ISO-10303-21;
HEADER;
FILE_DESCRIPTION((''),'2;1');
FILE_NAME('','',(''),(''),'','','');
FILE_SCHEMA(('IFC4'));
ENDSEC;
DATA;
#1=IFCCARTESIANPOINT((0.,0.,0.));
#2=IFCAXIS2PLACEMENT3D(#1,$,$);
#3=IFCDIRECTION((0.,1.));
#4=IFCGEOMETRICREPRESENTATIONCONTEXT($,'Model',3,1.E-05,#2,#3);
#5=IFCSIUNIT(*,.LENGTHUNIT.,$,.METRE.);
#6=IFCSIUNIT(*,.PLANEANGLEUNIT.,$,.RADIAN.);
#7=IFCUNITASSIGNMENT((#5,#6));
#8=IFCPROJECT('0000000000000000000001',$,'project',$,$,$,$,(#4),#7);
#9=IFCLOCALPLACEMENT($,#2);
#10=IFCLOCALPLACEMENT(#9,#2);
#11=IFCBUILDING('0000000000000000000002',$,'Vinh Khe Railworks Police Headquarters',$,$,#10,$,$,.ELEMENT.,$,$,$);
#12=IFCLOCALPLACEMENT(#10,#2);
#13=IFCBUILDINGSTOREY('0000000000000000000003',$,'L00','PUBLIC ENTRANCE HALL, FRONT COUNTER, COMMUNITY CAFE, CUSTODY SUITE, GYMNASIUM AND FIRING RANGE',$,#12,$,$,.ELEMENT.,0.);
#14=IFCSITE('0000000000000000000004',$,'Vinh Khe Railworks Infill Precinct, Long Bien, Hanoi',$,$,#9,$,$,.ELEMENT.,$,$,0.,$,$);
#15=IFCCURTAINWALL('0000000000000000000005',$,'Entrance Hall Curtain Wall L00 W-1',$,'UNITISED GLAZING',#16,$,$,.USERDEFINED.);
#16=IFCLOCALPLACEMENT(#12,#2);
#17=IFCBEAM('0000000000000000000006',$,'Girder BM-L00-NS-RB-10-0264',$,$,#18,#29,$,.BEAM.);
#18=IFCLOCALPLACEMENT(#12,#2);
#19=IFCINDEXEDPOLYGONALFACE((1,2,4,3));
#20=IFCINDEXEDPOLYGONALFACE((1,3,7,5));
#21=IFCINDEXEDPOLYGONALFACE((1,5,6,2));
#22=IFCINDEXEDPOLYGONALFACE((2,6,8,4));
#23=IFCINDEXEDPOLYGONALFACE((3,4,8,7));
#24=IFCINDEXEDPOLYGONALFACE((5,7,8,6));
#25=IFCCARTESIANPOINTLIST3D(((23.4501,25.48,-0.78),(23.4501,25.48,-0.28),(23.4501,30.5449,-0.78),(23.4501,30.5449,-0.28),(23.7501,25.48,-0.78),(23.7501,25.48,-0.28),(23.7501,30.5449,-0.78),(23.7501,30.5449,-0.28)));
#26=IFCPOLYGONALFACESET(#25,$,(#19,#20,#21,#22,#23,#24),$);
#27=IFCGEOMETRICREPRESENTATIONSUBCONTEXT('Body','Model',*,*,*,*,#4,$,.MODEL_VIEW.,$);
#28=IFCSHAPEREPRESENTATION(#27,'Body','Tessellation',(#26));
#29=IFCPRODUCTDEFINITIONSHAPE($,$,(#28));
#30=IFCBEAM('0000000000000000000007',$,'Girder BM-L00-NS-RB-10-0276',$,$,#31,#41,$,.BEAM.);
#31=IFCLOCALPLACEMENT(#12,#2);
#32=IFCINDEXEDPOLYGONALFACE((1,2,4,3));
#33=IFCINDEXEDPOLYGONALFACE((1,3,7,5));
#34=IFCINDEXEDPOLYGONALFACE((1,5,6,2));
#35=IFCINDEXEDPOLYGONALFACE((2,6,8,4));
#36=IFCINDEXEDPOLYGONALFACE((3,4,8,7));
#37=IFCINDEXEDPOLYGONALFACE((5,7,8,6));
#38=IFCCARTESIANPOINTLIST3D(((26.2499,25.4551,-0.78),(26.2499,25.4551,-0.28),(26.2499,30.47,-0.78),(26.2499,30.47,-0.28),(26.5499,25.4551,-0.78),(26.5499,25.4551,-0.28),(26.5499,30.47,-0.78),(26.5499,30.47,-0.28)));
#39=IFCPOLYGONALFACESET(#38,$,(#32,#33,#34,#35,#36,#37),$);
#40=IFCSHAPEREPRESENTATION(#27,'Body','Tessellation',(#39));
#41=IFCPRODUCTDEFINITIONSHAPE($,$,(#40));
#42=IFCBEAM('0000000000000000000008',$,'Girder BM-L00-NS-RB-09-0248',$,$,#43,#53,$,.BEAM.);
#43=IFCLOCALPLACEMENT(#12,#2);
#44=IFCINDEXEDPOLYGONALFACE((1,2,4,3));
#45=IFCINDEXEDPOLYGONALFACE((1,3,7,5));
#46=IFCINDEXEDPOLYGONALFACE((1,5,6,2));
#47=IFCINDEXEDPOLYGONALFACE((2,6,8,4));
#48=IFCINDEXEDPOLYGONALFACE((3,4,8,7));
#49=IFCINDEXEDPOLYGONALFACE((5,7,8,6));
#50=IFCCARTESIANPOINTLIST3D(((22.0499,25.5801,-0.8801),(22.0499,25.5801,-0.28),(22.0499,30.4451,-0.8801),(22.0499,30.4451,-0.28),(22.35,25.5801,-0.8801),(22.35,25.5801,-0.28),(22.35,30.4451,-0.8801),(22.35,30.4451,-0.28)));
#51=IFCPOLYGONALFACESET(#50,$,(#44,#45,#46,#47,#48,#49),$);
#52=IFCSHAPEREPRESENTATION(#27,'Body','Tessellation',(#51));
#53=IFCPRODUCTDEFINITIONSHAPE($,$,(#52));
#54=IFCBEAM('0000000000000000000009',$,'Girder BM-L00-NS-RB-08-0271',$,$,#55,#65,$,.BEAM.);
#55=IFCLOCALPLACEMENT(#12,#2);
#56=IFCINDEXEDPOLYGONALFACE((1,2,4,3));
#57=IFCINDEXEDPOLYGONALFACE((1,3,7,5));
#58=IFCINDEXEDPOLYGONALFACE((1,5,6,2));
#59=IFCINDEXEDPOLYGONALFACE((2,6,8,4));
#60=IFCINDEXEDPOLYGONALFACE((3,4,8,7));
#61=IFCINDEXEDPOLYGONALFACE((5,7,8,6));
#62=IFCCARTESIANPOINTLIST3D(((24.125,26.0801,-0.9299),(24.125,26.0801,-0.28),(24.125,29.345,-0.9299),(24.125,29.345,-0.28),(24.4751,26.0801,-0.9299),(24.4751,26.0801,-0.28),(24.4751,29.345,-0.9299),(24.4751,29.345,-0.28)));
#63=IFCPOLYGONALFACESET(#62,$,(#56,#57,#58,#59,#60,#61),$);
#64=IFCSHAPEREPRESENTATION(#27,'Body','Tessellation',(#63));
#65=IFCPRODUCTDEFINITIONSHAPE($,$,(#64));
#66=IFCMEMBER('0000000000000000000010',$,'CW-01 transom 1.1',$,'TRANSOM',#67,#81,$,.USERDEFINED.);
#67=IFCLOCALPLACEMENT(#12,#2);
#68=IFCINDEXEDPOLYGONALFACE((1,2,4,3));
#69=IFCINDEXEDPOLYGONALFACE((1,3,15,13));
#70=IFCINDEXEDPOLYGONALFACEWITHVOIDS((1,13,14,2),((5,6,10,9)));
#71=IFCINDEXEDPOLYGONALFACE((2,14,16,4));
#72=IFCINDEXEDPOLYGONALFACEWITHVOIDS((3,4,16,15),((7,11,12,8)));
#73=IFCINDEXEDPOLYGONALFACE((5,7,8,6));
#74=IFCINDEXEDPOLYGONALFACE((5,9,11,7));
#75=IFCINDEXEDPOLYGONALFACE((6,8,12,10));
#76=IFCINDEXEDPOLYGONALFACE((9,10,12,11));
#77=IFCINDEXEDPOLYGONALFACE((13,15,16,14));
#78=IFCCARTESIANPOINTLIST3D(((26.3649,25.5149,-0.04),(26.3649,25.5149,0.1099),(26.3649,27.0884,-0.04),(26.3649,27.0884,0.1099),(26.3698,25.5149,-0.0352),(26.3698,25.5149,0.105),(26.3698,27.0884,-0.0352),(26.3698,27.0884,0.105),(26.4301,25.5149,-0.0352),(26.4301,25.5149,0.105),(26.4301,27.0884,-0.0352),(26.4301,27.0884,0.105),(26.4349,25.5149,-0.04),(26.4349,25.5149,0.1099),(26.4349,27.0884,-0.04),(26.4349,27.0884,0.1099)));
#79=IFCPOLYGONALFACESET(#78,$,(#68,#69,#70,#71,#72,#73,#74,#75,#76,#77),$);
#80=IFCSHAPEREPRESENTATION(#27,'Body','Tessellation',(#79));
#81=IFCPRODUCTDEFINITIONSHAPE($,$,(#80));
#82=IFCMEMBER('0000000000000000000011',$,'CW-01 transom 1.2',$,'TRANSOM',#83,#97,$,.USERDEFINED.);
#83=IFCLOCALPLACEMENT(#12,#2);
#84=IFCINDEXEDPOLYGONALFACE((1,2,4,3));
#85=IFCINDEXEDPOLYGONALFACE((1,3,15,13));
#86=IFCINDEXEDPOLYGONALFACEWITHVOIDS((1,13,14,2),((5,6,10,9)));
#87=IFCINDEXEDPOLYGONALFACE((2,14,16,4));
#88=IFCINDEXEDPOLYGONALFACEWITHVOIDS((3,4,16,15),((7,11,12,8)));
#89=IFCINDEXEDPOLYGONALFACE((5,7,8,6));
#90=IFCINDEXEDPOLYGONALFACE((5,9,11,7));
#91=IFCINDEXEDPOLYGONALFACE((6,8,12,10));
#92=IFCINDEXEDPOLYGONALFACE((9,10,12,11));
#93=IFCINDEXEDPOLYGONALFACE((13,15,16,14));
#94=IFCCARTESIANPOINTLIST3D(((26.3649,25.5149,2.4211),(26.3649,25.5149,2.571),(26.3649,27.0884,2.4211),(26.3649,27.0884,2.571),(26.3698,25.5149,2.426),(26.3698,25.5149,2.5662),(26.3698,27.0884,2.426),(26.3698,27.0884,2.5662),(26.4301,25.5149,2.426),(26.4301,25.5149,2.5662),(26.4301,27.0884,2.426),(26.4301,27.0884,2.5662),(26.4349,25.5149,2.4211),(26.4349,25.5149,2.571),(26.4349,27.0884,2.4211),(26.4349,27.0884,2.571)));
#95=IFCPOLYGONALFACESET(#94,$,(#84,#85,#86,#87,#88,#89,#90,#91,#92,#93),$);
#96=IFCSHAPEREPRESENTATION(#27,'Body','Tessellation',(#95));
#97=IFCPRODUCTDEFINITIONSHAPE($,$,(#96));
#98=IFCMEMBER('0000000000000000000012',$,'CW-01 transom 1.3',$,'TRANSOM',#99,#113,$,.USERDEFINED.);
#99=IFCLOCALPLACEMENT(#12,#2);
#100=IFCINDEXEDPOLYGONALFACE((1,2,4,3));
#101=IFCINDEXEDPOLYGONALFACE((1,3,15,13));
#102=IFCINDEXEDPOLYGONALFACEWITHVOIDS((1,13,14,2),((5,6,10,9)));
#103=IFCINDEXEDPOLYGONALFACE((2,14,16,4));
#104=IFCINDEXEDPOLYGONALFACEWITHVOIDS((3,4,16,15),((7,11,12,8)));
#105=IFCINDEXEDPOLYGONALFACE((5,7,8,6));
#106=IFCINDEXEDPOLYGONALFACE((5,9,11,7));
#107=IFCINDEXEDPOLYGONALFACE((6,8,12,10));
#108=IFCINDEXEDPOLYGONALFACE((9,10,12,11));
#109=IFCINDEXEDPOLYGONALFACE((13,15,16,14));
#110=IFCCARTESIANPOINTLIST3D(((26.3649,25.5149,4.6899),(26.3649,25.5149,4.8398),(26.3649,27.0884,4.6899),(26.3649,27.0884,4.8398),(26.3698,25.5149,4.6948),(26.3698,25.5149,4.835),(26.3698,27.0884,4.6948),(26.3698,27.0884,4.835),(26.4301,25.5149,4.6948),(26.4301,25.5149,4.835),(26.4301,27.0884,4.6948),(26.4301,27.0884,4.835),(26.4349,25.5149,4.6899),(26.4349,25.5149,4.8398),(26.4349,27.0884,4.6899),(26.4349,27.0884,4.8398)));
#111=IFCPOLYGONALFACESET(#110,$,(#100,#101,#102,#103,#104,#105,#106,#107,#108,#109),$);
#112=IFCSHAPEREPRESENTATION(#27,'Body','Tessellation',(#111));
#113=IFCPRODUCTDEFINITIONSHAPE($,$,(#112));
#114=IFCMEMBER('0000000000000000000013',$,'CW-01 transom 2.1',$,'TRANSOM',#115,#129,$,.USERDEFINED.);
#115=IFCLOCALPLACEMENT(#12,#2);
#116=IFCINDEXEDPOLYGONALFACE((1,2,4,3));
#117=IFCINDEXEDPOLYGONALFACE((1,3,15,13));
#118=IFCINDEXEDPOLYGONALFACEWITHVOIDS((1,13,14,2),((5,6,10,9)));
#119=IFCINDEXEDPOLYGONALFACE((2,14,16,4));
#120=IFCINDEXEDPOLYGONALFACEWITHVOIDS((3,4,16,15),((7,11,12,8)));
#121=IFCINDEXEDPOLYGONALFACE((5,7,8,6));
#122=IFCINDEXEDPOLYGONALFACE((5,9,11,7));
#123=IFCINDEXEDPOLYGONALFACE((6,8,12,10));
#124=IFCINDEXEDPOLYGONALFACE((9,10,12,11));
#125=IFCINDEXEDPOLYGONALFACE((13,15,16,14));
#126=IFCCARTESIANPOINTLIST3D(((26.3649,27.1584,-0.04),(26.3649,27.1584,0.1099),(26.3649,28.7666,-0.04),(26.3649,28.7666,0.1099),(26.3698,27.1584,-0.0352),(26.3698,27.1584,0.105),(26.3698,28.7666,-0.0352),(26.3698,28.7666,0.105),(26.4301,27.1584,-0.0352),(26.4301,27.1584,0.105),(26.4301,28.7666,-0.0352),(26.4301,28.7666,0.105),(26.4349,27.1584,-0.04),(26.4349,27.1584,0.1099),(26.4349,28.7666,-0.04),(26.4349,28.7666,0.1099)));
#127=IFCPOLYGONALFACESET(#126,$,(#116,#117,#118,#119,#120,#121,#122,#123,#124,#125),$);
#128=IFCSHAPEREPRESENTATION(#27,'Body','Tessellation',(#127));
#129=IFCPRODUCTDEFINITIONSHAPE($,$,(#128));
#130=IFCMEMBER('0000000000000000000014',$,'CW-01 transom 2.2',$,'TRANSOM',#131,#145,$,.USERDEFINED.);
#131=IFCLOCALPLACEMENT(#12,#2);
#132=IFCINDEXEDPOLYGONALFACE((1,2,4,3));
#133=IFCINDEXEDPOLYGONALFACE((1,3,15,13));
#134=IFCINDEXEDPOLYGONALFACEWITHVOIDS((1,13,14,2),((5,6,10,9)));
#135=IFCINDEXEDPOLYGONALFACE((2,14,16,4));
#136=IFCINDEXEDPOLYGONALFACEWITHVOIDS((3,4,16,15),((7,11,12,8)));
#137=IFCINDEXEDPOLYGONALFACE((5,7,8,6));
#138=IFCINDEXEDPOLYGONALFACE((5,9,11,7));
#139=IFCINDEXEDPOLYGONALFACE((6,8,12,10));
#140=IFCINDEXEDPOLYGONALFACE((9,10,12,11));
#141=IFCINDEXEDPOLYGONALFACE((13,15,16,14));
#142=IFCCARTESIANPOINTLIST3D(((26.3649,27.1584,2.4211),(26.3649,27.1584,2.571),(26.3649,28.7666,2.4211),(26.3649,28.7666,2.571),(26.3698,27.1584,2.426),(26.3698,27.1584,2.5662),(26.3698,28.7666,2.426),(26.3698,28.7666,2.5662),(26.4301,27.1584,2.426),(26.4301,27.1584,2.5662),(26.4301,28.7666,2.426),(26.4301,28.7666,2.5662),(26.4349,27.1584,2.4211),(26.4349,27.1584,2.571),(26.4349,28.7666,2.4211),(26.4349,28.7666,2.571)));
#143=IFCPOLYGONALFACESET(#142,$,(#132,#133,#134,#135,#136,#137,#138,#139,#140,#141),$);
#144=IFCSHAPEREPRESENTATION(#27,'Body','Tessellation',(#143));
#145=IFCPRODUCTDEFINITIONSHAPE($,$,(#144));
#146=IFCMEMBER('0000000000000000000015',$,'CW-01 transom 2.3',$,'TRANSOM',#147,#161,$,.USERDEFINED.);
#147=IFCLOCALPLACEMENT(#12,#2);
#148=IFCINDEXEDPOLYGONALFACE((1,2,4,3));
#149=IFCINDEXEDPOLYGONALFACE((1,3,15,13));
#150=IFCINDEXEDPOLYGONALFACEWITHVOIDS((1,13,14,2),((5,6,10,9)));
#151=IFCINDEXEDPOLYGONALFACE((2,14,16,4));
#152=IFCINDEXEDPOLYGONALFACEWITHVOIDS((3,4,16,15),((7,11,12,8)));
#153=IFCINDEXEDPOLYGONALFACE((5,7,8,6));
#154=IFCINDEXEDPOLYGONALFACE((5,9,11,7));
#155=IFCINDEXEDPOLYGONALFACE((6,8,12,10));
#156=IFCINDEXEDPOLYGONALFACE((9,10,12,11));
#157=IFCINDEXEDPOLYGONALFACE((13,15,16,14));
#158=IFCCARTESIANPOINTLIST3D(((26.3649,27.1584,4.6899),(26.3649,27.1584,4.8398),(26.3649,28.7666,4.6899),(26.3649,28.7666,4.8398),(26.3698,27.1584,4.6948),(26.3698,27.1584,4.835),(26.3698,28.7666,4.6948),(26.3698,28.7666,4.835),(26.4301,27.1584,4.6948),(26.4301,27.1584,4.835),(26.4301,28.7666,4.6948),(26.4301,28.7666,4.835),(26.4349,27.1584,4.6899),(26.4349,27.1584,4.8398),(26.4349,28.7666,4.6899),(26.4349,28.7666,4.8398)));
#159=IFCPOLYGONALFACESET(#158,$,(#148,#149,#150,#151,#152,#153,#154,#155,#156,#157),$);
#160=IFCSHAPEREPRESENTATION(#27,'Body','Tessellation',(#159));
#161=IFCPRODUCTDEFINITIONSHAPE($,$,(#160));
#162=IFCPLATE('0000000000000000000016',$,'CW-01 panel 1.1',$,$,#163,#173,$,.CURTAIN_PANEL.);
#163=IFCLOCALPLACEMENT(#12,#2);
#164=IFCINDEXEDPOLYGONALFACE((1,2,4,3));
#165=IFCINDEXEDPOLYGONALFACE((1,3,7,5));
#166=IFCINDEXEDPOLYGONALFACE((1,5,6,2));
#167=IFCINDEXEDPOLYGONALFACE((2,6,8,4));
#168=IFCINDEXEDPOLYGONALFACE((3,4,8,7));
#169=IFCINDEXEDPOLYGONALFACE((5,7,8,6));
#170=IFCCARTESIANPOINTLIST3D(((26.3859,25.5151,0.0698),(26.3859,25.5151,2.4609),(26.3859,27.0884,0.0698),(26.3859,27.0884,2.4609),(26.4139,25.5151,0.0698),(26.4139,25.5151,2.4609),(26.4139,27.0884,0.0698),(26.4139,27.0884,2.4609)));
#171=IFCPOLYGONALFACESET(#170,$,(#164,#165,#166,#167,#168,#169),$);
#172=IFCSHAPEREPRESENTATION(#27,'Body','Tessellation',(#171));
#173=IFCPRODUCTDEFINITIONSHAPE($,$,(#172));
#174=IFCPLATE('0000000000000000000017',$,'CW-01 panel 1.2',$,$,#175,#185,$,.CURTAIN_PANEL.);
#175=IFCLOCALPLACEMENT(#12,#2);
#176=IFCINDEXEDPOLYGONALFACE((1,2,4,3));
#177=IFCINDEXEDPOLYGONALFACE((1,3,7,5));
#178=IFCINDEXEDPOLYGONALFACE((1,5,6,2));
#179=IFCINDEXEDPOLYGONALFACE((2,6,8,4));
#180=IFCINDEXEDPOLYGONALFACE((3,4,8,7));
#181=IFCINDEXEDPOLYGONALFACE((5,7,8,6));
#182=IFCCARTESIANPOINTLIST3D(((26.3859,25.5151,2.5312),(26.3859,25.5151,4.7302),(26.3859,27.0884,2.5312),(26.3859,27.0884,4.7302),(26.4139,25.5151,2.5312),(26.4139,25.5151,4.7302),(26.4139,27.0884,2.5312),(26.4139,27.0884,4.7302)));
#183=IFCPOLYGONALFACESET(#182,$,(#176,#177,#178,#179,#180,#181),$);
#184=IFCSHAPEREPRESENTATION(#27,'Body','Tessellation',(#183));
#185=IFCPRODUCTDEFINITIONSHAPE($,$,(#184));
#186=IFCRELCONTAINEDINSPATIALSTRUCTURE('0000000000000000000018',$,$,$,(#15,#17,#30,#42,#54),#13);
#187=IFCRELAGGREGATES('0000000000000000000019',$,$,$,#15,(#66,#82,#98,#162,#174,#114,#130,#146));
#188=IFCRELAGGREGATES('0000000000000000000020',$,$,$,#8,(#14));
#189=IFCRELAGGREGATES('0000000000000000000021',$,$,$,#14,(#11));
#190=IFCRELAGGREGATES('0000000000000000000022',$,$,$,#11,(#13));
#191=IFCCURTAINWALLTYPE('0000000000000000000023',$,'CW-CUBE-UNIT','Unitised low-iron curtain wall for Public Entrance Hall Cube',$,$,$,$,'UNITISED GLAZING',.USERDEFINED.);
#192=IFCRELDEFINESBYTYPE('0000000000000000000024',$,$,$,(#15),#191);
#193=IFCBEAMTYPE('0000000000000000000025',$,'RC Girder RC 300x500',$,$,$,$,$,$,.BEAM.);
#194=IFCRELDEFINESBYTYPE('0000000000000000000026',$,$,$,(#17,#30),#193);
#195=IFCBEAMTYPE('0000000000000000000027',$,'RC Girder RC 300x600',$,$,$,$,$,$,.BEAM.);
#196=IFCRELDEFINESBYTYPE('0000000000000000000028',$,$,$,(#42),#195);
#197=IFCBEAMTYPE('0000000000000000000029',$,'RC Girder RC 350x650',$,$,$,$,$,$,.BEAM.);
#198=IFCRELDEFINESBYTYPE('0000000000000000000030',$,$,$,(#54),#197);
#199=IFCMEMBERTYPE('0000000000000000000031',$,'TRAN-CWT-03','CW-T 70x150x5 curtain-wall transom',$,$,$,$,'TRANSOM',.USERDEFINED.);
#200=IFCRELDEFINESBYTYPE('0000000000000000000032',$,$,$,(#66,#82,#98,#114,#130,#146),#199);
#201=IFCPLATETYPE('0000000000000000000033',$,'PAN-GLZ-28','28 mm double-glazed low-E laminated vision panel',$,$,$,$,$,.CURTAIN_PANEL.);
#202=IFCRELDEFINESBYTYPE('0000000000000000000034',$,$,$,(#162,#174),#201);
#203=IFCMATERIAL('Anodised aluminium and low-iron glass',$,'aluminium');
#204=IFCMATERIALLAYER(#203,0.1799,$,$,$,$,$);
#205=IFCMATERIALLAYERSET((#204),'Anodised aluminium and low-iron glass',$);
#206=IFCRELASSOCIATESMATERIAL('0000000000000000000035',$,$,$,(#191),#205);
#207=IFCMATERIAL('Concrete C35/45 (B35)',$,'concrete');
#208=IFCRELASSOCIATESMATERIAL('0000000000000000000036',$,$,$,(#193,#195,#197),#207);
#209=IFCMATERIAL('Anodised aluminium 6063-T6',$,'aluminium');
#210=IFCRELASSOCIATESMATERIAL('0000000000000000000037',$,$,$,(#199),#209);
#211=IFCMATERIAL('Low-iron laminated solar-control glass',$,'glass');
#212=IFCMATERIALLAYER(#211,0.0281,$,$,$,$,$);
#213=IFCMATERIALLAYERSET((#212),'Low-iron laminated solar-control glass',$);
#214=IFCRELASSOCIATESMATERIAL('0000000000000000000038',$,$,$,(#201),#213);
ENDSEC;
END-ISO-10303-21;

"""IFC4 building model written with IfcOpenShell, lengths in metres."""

from ifc_helpers import new_model, si_unit, direction, frame, origin, origin_2d, place, context, subcontext, project, spatial, rectangle, hollow_rectangle, extrude, material, layer, layer_set, material_profile, profile_set, type_object, element, aggregate, save


model = new_model("IFC4")

# Units and contexts
model_context = context("Model", 3, precision=1e-05, world=origin(), true_north=direction((0.0, 1.0)))
body_context = subcontext(model_context, "Body", "Model", "MODEL_VIEW")
ifc_project = project(units=[si_unit("LENGTHUNIT", "METRE"), si_unit("PLANEANGLEUNIT", "RADIAN")], contexts=[model_context])

# Site, building, storey
site_placement = place(None, origin())
site = spatial("IfcSite", under=ifc_project, at=site_placement, Name="Vinh Khe Railworks Infill Precinct, Long Bien, Hanoi", CompositionType="ELEMENT", RefElevation=0.0)
building_placement = place(site_placement, origin())
building = spatial("IfcBuilding", under=site, at=building_placement, Name="Vinh Khe Railworks Police Headquarters", CompositionType="ELEMENT")
storey_placement = place(building_placement, origin())
storey = spatial("IfcBuildingStorey", under=building, at=storey_placement, Name="L00", Description="PUBLIC ENTRANCE HALL, FRONT COUNTER, COMMUNITY CAFE, CUSTODY SUITE, GYMNASIUM AND FIRING RANGE", CompositionType="ELEMENT", Elevation=0.0)

# Curtain wall
ifc_material_1 = material(Name="Anodised aluminium and low-iron glass", Category="aluminium")
ifc_layer_1 = layer(ifc_material_1, 0.1799)
ifc_layer_set_1 = layer_set([ifc_layer_1], Name="Anodised aluminium and low-iron glass")
curtain_wall_type = type_object("IfcCurtainWallType", Name="CW-CUBE-UNIT", Description="Unitised low-iron curtain wall for Public Entrance Hall Cube", ElementType="UNITISED GLAZING", PredefinedType="USERDEFINED", material=ifc_layer_set_1)
curtain_wall_placement = place(storey_placement, origin())
curtain_wall = element("IfcCurtainWall", 1, at=curtain_wall_placement, inside=storey, type_object=curtain_wall_type, Name="Entrance Hall Curtain Wall L00 W-1", ObjectType="UNITISED GLAZING", PredefinedType="USERDEFINED")
ifc_material_2 = material(Name="Anodised aluminium 6063-T6", Category="aluminium")

# Beams
ifc_material_3 = material(Name="Concrete C35/45 (B35)", Category="concrete")
ifc_material_profile_1 = material_profile(ifc_material_3, rectangle(XDim=0.3, YDim=0.5, at=origin_2d()), Name="RC 300x500")
ifc_profile_set_1 = profile_set([ifc_material_profile_1], Name="Concrete C35/45 (B35)")
beam_type_1 = type_object("IfcBeamType", Name="RC Girder RC 300x500", PredefinedType="BEAM", material=ifc_profile_set_1)
beam_1_placement = place(storey_placement, frame((23.6001, 25.48, -0.53), z_axis=(0.0, 1.0, 0.0), x_axis=(-1.0, 0.0, 0.0)))
element("IfcBeam", 2, at=beam_1_placement, inside=storey, type_object=beam_type_1, Name="Girder BM-L00-NS-RB-10-0264", PredefinedType="BEAM", context=body_context, shape_type="SweptSolid", body=[
    extrude(rectangle(XDim=0.3, YDim=0.5, at=origin_2d()), origin(), (0.0, 0.0, 1.0), 5.0649),
])
beam_2_placement = place(storey_placement, frame((26.3999, 25.4551, -0.53), z_axis=(0.0, 1.0, 0.0), x_axis=(-1.0, 0.0, 0.0)))
element("IfcBeam", 3, at=beam_2_placement, inside=storey, type_object=beam_type_1, Name="Girder BM-L00-NS-RB-10-0276", PredefinedType="BEAM", context=body_context, shape_type="SweptSolid", body=[
    extrude(rectangle(XDim=0.3, YDim=0.5, at=origin_2d()), origin(), (0.0, 0.0, 1.0), 5.0149),
])
ifc_material_profile_2 = material_profile(ifc_material_3, rectangle(XDim=0.3, YDim=0.6001, at=origin_2d()), Name="RC 300x600")
ifc_profile_set_2 = profile_set([ifc_material_profile_2], Name="Concrete C35/45 (B35)")
beam_type_2 = type_object("IfcBeamType", Name="RC Girder RC 300x600", PredefinedType="BEAM", material=ifc_profile_set_2)
beam_3_placement = place(storey_placement, frame((22.2, 25.5801, -0.5801), z_axis=(0.0, 1.0, 0.0), x_axis=(-1.0, 0.0, 0.0)))
element("IfcBeam", 4, at=beam_3_placement, inside=storey, type_object=beam_type_2, Name="Girder BM-L00-NS-RB-09-0248", PredefinedType="BEAM", context=body_context, shape_type="SweptSolid", body=[
    extrude(rectangle(XDim=0.3, YDim=0.6001, at=origin_2d()), origin(), (0.0, 0.0, 1.0), 4.865),
])
ifc_material_profile_3 = material_profile(ifc_material_3, rectangle(XDim=0.3501, YDim=0.6499, at=origin_2d()), Name="RC 350x650")
ifc_profile_set_3 = profile_set([ifc_material_profile_3], Name="Concrete C35/45 (B35)")
beam_type_3 = type_object("IfcBeamType", Name="RC Girder RC 350x650", PredefinedType="BEAM", material=ifc_profile_set_3)
beam_4_placement = place(storey_placement, frame((24.3, 26.0801, -0.605), z_axis=(0.0, 1.0, 0.0), x_axis=(-1.0, 0.0, 0.0)))
element("IfcBeam", 5, at=beam_4_placement, inside=storey, type_object=beam_type_3, Name="Girder BM-L00-NS-RB-08-0271", PredefinedType="BEAM", context=body_context, shape_type="SweptSolid", body=[
    extrude(rectangle(XDim=0.3501, YDim=0.6499, at=origin_2d()), origin(), (0.0, 0.0, 1.0), 3.2649),
])

# Members
ifc_material_profile_4 = material_profile(ifc_material_2, hollow_rectangle(XDim=0.0701, YDim=0.1499, WallThickness=0.0049, at=origin_2d()), Name="CW-T 70x150x5")
ifc_profile_set_4 = profile_set([ifc_material_profile_4], Name="Anodised aluminium 6063-T6")
member_type_1 = type_object("IfcMemberType", Name="TRAN-CWT-03", Description="CW-T 70x150x5 curtain-wall transom", ElementType="TRANSOM", PredefinedType="USERDEFINED", material=ifc_profile_set_4)
member_1_placement = place(storey_placement, frame((26.3999, 25.5149, 0.0349), z_axis=(0.0, 1.0, 0.0), x_axis=(-1.0, 0.0, 0.0)))
member_1 = element("IfcMember", 6, at=member_1_placement, type_object=member_type_1, Name="CW-01 transom 1.1", ObjectType="TRANSOM", PredefinedType="USERDEFINED", context=body_context, shape_type="SweptSolid", body=[
    extrude(hollow_rectangle(XDim=0.0701, YDim=0.1499, WallThickness=0.0049, at=origin_2d()), origin(), (0.0, 0.0, 1.0), 1.5735),
])
member_2_placement = place(storey_placement, frame((26.3999, 25.5149, 2.4961), z_axis=(0.0, 1.0, 0.0), x_axis=(-1.0, 0.0, 0.0)))
member_2 = element("IfcMember", 7, at=member_2_placement, type_object=member_type_1, Name="CW-01 transom 1.2", ObjectType="TRANSOM", PredefinedType="USERDEFINED", context=body_context, shape_type="SweptSolid", body=[
    extrude(hollow_rectangle(XDim=0.0701, YDim=0.1499, WallThickness=0.0049, at=origin_2d()), origin(), (0.0, 0.0, 1.0), 1.5735),
])
member_3_placement = place(storey_placement, frame((26.3999, 25.5149, 4.7649), z_axis=(0.0, 1.0, 0.0), x_axis=(-1.0, 0.0, 0.0)))
member_3 = element("IfcMember", 8, at=member_3_placement, type_object=member_type_1, Name="CW-01 transom 1.3", ObjectType="TRANSOM", PredefinedType="USERDEFINED", context=body_context, shape_type="SweptSolid", body=[
    extrude(hollow_rectangle(XDim=0.0701, YDim=0.1499, WallThickness=0.0049, at=origin_2d()), origin(), (0.0, 0.0, 1.0), 1.5735),
])
member_4_placement = place(storey_placement, frame((26.3999, 27.1584, 0.0349), z_axis=(0.0, 1.0, 0.0), x_axis=(-1.0, 0.0, 0.0)))
member_4 = element("IfcMember", 9, at=member_4_placement, type_object=member_type_1, Name="CW-01 transom 2.1", ObjectType="TRANSOM", PredefinedType="USERDEFINED", context=body_context, shape_type="SweptSolid", body=[
    extrude(hollow_rectangle(XDim=0.0701, YDim=0.1499, WallThickness=0.0049, at=origin_2d()), origin(), (0.0, 0.0, 1.0), 1.6082),
])
member_5_placement = place(storey_placement, frame((26.3999, 27.1584, 2.4961), z_axis=(0.0, 1.0, 0.0), x_axis=(-1.0, 0.0, 0.0)))
member_5 = element("IfcMember", 10, at=member_5_placement, type_object=member_type_1, Name="CW-01 transom 2.2", ObjectType="TRANSOM", PredefinedType="USERDEFINED", context=body_context, shape_type="SweptSolid", body=[
    extrude(hollow_rectangle(XDim=0.0701, YDim=0.1499, WallThickness=0.0049, at=origin_2d()), origin(), (0.0, 0.0, 1.0), 1.6082),
])
member_6_placement = place(storey_placement, frame((26.3999, 27.1584, 4.7649), z_axis=(0.0, 1.0, 0.0), x_axis=(-1.0, 0.0, 0.0)))
member_6 = element("IfcMember", 11, at=member_6_placement, type_object=member_type_1, Name="CW-01 transom 2.3", ObjectType="TRANSOM", PredefinedType="USERDEFINED", context=body_context, shape_type="SweptSolid", body=[
    extrude(hollow_rectangle(XDim=0.0701, YDim=0.1499, WallThickness=0.0049, at=origin_2d()), origin(), (0.0, 0.0, 1.0), 1.6082),
])

# Plates
ifc_material_4 = material(Name="Low-iron laminated solar-control glass", Category="glass")
ifc_layer_2 = layer(ifc_material_4, 0.0281)
ifc_layer_set_2 = layer_set([ifc_layer_2], Name="Low-iron laminated solar-control glass")
plate_type_1 = type_object("IfcPlateType", Name="PAN-GLZ-28", Description="28 mm double-glazed low-E laminated vision panel", PredefinedType="CURTAIN_PANEL", material=ifc_layer_set_2)
plate_1_placement = place(storey_placement, frame((26.3999, 26.3018, 0.0698), z_axis=(0.0, 0.0, 1.0), x_axis=(0.0, 1.0, 0.0)))
plate_1 = element("IfcPlate", 12, at=plate_1_placement, type_object=plate_type_1, Name="CW-01 panel 1.1", PredefinedType="CURTAIN_PANEL", context=body_context, shape_type="SweptSolid", body=[
    extrude(rectangle(XDim=1.5732, YDim=0.0281, at=origin_2d()), origin(), (0.0, 0.0, 1.0), 2.3911),
])
plate_2_placement = place(storey_placement, frame((26.3999, 26.3018, 2.5312), z_axis=(0.0, 0.0, 1.0), x_axis=(0.0, 1.0, 0.0)))
plate_2 = element("IfcPlate", 13, at=plate_2_placement, type_object=plate_type_1, Name="CW-01 panel 1.2", PredefinedType="CURTAIN_PANEL", context=body_context, shape_type="SweptSolid", body=[
    extrude(rectangle(XDim=1.5732, YDim=0.0281, at=origin_2d()), origin(), (0.0, 0.0, 1.0), 2.199),
])
aggregate(curtain_wall, [member_1, member_2, member_3, plate_1, plate_2, member_4, member_5, member_6])

save(model, "model.ifc")
